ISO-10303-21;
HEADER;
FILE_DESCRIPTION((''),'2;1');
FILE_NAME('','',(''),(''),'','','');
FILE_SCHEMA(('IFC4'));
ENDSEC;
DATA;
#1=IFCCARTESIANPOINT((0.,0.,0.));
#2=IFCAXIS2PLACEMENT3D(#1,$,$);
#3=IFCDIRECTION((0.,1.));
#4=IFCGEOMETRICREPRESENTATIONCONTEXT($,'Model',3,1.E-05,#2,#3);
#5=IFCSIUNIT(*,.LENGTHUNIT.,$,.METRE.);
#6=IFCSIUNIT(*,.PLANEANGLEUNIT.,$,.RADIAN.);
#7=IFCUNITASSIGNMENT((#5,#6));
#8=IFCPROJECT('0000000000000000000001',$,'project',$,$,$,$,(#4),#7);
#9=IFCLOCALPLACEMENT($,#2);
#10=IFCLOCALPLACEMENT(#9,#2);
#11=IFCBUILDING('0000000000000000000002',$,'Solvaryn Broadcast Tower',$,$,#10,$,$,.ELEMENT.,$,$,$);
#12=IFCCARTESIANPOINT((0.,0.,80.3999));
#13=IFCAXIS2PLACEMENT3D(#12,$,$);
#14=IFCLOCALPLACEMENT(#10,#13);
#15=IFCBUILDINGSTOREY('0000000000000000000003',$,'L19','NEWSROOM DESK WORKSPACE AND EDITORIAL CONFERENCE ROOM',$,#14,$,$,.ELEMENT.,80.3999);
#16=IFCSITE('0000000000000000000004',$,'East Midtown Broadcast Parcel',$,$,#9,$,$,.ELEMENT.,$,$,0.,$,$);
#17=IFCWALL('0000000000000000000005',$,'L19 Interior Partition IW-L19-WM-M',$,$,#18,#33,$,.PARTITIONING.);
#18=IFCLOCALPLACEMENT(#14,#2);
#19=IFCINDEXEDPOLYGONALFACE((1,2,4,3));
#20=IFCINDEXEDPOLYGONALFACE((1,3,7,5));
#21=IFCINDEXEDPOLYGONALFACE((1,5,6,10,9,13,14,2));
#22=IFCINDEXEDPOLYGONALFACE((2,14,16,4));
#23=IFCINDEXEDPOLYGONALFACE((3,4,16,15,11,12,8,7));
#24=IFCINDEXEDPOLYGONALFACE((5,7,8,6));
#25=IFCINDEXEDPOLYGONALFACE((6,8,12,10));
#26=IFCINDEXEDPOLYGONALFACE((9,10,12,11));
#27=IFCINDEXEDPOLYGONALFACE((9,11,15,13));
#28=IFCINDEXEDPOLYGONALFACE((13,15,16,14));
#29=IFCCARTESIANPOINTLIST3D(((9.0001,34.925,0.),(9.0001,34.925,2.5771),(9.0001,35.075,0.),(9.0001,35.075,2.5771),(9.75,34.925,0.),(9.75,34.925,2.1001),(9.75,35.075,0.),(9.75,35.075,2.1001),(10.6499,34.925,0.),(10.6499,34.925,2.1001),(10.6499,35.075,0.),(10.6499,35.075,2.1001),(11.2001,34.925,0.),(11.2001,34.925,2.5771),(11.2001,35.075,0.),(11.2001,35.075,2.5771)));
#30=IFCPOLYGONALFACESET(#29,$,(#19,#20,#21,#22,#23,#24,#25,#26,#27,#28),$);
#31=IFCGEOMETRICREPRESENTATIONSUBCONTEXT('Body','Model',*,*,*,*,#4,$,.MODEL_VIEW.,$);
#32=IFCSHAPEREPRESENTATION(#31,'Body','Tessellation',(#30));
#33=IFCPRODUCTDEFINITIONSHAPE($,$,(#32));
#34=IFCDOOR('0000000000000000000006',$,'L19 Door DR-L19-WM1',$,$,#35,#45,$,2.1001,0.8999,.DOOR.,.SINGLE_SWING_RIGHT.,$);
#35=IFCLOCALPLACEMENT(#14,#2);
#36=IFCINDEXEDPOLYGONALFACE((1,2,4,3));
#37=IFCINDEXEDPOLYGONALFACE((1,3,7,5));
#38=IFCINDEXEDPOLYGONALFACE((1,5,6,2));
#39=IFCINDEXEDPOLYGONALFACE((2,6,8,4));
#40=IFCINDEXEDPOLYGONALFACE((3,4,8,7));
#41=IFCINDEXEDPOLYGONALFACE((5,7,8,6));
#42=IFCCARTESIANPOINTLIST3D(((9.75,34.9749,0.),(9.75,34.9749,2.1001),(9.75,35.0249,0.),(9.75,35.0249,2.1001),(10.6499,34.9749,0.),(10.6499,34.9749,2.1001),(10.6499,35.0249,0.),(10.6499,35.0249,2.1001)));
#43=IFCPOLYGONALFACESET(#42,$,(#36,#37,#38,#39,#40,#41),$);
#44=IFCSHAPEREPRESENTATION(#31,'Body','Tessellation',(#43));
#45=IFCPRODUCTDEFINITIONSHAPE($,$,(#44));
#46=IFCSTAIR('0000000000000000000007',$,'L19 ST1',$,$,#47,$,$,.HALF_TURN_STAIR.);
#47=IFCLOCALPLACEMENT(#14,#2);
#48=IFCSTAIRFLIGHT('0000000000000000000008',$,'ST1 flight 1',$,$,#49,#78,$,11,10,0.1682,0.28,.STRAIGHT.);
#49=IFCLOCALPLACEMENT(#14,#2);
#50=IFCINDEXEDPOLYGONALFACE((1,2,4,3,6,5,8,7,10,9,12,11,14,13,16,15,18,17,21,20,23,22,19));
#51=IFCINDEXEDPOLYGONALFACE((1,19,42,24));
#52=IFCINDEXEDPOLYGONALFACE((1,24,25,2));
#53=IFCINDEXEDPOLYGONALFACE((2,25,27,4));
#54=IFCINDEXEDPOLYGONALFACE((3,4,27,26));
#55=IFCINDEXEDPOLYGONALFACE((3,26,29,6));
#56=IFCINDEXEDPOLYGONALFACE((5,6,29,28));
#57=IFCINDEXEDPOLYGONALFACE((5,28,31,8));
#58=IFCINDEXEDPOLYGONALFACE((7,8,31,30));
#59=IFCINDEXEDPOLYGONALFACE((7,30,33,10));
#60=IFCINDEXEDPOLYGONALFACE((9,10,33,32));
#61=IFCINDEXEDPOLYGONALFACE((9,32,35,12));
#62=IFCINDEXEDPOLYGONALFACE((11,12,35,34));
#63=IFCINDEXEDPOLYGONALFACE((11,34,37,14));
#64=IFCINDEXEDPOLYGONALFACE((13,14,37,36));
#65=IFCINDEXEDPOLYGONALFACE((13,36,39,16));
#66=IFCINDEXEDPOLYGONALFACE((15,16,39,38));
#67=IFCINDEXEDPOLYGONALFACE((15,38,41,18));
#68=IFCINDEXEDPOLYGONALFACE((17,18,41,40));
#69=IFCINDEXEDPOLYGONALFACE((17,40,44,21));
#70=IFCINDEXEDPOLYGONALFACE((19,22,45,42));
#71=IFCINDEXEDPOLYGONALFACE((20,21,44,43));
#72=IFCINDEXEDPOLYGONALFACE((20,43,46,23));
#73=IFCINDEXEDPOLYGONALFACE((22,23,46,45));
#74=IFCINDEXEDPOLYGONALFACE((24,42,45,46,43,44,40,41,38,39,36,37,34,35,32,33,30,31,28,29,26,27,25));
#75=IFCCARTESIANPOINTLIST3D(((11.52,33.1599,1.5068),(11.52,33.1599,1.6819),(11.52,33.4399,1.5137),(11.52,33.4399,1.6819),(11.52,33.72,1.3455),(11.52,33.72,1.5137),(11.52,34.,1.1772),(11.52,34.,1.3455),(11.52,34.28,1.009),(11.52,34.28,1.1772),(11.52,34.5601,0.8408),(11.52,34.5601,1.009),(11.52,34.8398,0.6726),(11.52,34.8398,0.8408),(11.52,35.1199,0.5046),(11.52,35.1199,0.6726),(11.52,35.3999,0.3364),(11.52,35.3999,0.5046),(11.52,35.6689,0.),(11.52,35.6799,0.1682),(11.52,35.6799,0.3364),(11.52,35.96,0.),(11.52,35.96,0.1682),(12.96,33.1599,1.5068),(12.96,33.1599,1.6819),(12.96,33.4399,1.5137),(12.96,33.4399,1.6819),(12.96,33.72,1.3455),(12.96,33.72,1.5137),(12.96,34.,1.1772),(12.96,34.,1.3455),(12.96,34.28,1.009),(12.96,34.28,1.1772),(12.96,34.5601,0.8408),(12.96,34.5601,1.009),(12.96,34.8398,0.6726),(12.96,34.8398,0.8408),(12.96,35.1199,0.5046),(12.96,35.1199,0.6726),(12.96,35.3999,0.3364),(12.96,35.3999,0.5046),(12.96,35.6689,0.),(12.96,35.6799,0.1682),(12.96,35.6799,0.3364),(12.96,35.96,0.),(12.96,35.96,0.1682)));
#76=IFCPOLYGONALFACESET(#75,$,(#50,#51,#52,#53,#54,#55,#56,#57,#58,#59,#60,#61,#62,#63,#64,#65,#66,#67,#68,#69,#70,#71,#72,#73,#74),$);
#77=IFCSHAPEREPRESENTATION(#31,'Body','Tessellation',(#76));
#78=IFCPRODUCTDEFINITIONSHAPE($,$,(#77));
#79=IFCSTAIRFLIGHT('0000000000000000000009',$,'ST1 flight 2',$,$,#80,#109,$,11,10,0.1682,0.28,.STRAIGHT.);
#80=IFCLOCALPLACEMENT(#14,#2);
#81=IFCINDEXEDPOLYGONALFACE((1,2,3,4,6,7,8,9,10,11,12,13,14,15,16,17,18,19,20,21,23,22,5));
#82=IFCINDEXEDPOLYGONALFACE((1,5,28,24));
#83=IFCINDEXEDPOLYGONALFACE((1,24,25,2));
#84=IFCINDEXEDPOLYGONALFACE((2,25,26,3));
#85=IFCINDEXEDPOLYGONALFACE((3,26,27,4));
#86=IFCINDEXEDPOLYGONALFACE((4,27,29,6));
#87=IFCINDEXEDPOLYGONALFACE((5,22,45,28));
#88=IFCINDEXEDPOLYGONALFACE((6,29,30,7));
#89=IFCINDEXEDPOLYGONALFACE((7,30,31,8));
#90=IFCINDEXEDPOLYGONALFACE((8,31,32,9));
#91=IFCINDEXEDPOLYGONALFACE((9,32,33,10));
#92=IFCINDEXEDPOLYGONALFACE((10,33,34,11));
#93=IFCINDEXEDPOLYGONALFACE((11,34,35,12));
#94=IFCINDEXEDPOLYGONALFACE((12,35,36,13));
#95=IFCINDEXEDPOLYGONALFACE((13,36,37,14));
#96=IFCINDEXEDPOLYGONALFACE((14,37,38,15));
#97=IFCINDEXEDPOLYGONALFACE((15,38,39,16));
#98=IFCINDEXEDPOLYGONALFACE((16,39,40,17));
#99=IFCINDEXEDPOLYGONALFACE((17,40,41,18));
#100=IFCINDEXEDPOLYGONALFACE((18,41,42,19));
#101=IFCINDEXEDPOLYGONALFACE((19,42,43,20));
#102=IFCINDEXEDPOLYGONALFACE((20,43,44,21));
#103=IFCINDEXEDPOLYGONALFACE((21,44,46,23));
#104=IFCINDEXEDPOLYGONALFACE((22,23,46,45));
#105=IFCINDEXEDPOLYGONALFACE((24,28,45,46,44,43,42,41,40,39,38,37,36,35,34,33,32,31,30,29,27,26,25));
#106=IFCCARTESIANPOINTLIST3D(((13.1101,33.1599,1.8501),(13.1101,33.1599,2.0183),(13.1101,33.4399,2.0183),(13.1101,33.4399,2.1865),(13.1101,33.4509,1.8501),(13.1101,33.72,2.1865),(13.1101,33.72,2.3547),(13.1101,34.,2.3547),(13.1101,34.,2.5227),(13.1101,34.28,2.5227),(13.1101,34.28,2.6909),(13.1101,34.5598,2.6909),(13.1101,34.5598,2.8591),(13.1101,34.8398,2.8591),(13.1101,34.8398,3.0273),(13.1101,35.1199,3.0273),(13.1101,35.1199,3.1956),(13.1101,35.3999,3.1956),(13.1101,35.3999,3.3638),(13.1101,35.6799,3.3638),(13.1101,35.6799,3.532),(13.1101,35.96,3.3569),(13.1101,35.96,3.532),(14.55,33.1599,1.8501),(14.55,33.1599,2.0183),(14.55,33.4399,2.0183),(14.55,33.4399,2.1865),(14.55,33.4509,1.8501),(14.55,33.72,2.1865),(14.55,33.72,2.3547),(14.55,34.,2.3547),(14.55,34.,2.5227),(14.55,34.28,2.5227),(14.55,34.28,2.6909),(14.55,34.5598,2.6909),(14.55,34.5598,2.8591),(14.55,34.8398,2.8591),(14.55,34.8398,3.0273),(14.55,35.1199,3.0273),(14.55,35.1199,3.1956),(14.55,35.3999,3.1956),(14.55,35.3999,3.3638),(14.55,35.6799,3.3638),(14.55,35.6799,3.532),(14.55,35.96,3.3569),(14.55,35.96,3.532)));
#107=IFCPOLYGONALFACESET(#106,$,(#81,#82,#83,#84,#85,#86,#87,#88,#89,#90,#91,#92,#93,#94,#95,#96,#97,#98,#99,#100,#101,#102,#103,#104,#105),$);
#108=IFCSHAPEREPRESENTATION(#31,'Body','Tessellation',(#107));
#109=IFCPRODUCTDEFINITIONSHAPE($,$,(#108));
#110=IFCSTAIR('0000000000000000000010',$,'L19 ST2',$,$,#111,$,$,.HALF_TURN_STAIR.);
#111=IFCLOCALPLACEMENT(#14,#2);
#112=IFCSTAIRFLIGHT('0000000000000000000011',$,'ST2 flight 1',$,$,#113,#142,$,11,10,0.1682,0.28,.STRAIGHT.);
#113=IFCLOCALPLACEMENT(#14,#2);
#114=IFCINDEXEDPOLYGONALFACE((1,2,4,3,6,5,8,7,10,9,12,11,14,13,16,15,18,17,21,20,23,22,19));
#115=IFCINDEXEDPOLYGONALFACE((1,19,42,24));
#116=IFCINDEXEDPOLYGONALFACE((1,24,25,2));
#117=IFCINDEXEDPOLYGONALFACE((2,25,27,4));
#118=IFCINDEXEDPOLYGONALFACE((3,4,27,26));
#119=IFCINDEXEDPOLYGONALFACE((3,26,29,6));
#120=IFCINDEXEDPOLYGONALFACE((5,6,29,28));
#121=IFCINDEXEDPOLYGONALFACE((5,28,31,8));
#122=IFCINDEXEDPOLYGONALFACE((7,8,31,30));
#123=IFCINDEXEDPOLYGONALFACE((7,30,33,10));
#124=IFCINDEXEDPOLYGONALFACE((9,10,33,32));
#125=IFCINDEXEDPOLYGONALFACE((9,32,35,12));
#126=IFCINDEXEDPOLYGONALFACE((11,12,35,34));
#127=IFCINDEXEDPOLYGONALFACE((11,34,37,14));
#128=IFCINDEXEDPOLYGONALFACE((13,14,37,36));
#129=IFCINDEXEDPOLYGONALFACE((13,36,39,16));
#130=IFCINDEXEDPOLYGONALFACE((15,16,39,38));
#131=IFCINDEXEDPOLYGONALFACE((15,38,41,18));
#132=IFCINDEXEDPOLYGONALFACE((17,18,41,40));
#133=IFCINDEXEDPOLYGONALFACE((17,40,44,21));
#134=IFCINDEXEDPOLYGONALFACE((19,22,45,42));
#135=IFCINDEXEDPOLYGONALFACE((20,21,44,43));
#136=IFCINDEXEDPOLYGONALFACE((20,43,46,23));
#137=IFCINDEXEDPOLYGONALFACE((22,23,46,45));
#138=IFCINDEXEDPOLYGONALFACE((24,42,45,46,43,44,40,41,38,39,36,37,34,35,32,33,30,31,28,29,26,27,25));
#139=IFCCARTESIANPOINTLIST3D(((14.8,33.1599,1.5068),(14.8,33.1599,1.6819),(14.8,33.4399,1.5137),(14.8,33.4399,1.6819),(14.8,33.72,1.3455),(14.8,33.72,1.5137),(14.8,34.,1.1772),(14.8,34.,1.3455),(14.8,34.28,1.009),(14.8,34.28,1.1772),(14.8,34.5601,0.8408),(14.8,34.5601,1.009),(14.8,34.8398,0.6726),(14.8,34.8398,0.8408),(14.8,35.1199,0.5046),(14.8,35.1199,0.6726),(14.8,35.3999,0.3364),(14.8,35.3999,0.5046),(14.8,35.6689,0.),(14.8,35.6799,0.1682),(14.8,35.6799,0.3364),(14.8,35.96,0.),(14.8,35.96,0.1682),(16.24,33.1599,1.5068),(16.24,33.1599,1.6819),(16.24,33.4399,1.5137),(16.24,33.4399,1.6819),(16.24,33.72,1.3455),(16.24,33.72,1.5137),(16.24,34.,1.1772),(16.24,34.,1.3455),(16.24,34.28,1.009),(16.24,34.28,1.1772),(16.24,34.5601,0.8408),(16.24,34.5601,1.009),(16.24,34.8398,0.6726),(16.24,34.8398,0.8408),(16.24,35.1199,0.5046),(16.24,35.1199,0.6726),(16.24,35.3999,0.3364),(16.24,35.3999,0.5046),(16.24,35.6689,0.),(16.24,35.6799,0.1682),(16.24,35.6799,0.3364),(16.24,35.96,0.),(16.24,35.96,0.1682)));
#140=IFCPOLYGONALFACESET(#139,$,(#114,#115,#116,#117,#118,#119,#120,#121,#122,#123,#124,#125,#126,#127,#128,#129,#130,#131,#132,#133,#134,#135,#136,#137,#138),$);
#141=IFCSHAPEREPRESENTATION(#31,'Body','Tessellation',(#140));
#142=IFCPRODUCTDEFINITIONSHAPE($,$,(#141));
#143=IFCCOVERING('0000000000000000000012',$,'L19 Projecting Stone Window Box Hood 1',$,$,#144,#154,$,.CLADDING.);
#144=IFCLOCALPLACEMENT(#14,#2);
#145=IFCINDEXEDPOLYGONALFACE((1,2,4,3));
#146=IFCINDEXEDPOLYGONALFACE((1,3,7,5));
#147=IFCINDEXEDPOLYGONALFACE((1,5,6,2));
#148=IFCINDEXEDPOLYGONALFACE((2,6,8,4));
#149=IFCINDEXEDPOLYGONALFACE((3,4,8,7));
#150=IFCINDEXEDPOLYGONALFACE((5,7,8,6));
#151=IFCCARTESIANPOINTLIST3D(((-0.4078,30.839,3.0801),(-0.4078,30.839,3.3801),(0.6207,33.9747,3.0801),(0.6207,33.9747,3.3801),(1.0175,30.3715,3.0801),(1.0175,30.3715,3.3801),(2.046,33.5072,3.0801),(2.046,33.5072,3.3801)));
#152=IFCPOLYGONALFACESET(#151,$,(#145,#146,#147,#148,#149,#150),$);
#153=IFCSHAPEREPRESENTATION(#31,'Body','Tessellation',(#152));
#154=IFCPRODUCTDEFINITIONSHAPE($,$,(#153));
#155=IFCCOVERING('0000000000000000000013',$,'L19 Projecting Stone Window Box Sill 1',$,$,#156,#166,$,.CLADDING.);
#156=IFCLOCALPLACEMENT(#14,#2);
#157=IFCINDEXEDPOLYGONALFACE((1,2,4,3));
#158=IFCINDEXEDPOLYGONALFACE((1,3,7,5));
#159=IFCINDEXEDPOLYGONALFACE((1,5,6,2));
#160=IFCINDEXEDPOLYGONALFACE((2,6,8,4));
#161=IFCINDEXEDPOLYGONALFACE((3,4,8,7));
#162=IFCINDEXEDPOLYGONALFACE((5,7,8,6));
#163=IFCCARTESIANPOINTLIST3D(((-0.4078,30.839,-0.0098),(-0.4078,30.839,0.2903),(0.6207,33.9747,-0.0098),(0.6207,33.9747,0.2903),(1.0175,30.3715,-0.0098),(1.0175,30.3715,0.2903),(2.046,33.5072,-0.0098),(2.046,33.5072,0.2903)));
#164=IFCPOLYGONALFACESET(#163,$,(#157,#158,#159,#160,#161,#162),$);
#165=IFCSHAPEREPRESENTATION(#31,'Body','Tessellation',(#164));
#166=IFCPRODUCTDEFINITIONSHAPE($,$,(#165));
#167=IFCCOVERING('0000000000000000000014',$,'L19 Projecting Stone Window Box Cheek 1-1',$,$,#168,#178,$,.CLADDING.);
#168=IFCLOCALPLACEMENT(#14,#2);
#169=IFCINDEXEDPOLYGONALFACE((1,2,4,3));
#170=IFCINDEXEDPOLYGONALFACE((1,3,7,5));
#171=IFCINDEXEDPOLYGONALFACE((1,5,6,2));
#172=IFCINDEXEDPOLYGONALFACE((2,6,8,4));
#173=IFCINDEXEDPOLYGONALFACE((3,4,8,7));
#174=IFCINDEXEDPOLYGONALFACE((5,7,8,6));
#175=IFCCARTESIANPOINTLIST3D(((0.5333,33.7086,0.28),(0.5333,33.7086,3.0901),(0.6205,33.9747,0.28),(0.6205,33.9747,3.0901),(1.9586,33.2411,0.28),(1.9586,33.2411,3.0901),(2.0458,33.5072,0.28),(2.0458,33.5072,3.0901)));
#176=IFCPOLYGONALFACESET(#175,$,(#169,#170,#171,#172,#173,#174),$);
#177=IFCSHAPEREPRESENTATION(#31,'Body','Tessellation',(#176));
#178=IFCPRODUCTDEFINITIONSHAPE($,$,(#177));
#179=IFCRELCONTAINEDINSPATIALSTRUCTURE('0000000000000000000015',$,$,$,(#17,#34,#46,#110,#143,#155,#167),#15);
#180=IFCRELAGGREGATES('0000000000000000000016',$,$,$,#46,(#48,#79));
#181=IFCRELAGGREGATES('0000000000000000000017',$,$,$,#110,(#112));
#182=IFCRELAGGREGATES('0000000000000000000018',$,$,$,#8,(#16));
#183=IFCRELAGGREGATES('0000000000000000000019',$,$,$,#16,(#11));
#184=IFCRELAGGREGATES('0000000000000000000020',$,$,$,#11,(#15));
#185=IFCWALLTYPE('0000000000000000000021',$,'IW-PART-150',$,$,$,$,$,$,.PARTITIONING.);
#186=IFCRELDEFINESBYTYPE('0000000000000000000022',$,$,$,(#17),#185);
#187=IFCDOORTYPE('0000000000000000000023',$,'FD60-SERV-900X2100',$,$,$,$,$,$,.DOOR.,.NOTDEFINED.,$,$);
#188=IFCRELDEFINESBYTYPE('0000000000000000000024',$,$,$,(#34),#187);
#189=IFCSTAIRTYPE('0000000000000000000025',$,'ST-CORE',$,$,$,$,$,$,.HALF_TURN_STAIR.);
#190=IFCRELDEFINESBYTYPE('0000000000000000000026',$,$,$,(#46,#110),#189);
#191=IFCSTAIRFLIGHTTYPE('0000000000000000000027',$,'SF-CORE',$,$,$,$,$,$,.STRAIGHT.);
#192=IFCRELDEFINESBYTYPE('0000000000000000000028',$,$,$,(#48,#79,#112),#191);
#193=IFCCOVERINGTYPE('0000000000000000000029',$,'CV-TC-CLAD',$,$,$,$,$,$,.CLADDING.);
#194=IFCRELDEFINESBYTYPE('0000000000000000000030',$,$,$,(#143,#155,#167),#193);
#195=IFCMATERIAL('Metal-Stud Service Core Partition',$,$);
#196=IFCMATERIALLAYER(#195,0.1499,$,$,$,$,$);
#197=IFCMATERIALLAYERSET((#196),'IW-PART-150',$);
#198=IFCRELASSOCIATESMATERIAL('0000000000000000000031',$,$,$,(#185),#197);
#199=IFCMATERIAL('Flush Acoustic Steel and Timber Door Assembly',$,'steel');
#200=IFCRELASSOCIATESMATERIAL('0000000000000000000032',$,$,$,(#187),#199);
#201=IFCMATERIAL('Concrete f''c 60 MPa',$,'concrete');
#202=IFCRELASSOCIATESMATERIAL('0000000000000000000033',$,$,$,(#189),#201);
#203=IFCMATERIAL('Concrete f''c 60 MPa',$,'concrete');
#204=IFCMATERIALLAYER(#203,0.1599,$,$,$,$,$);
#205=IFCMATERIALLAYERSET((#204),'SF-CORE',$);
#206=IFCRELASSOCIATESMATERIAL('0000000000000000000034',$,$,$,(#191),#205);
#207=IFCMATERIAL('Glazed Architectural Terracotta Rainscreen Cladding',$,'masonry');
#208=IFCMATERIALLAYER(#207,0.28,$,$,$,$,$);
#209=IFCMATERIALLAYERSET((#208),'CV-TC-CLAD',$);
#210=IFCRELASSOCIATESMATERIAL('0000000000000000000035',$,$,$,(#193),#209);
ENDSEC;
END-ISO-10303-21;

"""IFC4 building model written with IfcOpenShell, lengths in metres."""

from ifc_helpers import new_model, si_unit, direction, frame, frame_2d, origin, origin_2d, place, context, subcontext, project, spatial, polyline, rectangle, outline, extrude, material, layer, layer_set, type_object, element, fill, aggregate, save


model = new_model("IFC4")

# Units and contexts
model_context = context("Model", 3, precision=1e-05, world=origin(), true_north=direction((0.0, 1.0)))
body_context = subcontext(model_context, "Body", "Model", "MODEL_VIEW")
ifc_project = project(units=[si_unit("LENGTHUNIT", "METRE"), si_unit("PLANEANGLEUNIT", "RADIAN")], contexts=[model_context])

# Site, building, storey
site_placement = place(None, origin())
site = spatial("IfcSite", under=ifc_project, at=site_placement, Name="East Midtown Broadcast Parcel", CompositionType="ELEMENT", RefElevation=0.0)
building_placement = place(site_placement, origin())
building = spatial("IfcBuilding", under=site, at=building_placement, Name="Solvaryn Broadcast Tower", CompositionType="ELEMENT")
storey_placement = place(building_placement, frame((0.0, 0.0, 80.3999)))
storey = spatial("IfcBuildingStorey", under=building, at=storey_placement, Name="L19", Description="NEWSROOM DESK WORKSPACE AND EDITORIAL CONFERENCE ROOM", CompositionType="ELEMENT", Elevation=80.3999)

# Wall, opening, door
ifc_material_1 = material(Name="Metal-Stud Service Core Partition")
ifc_layer_1 = layer(ifc_material_1, 0.1499)
ifc_layer_set_1 = layer_set([ifc_layer_1], Name="IW-PART-150")
wall_type = type_object("IfcWallType", Name="IW-PART-150", PredefinedType="PARTITIONING", material=ifc_layer_set_1)
wall_placement = place(storey_placement, frame((9.0, 35.0, 0.0), z_axis=(0.0, 0.0, 1.0), x_axis=(1.0, 0.0, 0.0)))
wall = element("IfcWall", 1, at=wall_placement, inside=storey, type_object=wall_type, Name="L19 Interior Partition IW-L19-WM-M", PredefinedType="PARTITIONING", context=body_context, shape_type="SweptSolid", body=[
    extrude(rectangle(XDim=2.2, YDim=0.1499, at=frame_2d((1.1001, 0.0))), origin(), (0.0, 0.0, 1.0), 2.5771),
])
opening_placement = place(wall_placement, frame((0.75, 0.0, 0.0)))
opening = element("IfcOpeningElement", 2, at=opening_placement, cuts=wall, PredefinedType="OPENING", context=body_context, shape_type="SweptSolid", body=[
    extrude(rectangle(XDim=0.8999, YDim=2.1001, at=frame_2d((0.45, 1.05))), frame((0.0, 0.085, 0.0), z_axis=(0.0, -1.0, 0.0), x_axis=(1.0, 0.0, 0.0)), (0.0, 0.0, 1.0), 0.1699),
])
ifc_material_2 = material(Name="Flush Acoustic Steel and Timber Door Assembly", Category="steel")
door_type = type_object("IfcDoorType", Name="FD60-SERV-900X2100", OperationType="NOTDEFINED", PredefinedType="DOOR", material=ifc_material_2)
door_placement = place(opening_placement, origin())
door = element("IfcDoor", 3, at=door_placement, inside=storey, type_object=door_type, Name="L19 Door DR-L19-WM1", OperationType="SINGLE_SWING_RIGHT", OverallHeight=2.1001, OverallWidth=0.8999, PredefinedType="DOOR", context=body_context, shape_type="SweptSolid", body=[
    extrude(rectangle(XDim=0.8999, YDim=2.1001, at=frame_2d((0.45, 1.05))), frame((0.0, 0.0249, 0.0), z_axis=(0.0, -1.0, 0.0), x_axis=(1.0, 0.0, 0.0)), (0.0, 0.0, 1.0), 0.05),
])
fill(opening, door)

# Stair, stair flights
ifc_material_3 = material(Name="Concrete f'c 60 MPa", Category="concrete")
stair_type = type_object("IfcStairType", Name="ST-CORE", PredefinedType="HALF_TURN_STAIR", material=ifc_material_3)
stair_1_placement = place(storey_placement, origin())
stair_1 = element("IfcStair", 4, at=stair_1_placement, inside=storey, type_object=stair_type, Name="L19 ST1", PredefinedType="HALF_TURN_STAIR")
ifc_material_4 = material(Name="Concrete f'c 60 MPa", Category="concrete")
ifc_layer_2 = layer(ifc_material_4, 0.1599)
ifc_layer_set_2 = layer_set([ifc_layer_2], Name="SF-CORE")
stair_flight_type = type_object("IfcStairFlightType", Name="SF-CORE", PredefinedType="STRAIGHT", material=ifc_layer_set_2)
stair_flight_1_placement = place(storey_placement, frame((12.24, 35.96, 0.0), z_axis=(0.0, 0.0, 1.0), x_axis=(0.0, -1.0, 0.0)))
stair_flight_1 = element("IfcStairFlight", 5, at=stair_flight_1_placement, type_object=stair_flight_type, Name="ST1 flight 1", NumberOfRisers=11, NumberOfTreads=10, PredefinedType="STRAIGHT", RiserHeight=0.1682, TreadLength=0.28, context=body_context, shape_type="SweptSolid", body=[
    extrude(outline(polyline([(0.0, 0.0), (0.0, 0.1682), (0.28, 0.1682), (0.28, 0.3364), (0.5601, 0.3364), (0.5601, 0.5046), (0.8401, 0.5046), (0.8401, 0.6726), (1.1201, 0.6726), (1.1201, 0.8408), (1.3999, 0.8408), (1.3999, 1.009), (1.6799, 1.009), (1.6799, 1.1772), (1.96, 1.1772), (1.96, 1.3455), (2.24, 1.3455), (2.24, 1.5137), (2.52, 1.5137), (2.52, 1.6819), (2.8, 1.6819), (2.8, 1.8501), (2.8, 1.5068), (0.291, 0.0), (0.0, 0.0)])), frame((0.0, 0.72, 0.0), z_axis=(0.0, -1.0, 0.0), x_axis=(1.0, 0.0, 0.0)), (0.0, 0.0, 1.0), 1.4399),
])
stair_flight_2_placement = place(storey_placement, frame((13.8301, 33.1599, 1.8501), z_axis=(0.0, 0.0, 1.0), x_axis=(0.0, 1.0, 0.0)))
stair_flight_2 = element("IfcStairFlight", 6, at=stair_flight_2_placement, type_object=stair_flight_type, Name="ST1 flight 2", NumberOfRisers=11, NumberOfTreads=10, PredefinedType="STRAIGHT", RiserHeight=0.1682, TreadLength=0.28, context=body_context, shape_type="SweptSolid", body=[
    extrude(outline(polyline([(0.0, 0.0), (0.0, 0.1682), (0.28, 0.1682), (0.28, 0.3364), (0.5601, 0.3364), (0.5601, 0.5046), (0.8401, 0.5046), (0.8401, 0.6726), (1.1201, 0.6726), (1.1201, 0.8408), (1.3999, 0.8408), (1.3999, 1.009), (1.6799, 1.009), (1.6799, 1.1772), (1.96, 1.1772), (1.96, 1.3455), (2.24, 1.3455), (2.24, 1.5137), (2.52, 1.5137), (2.52, 1.6819), (2.8, 1.6819), (2.8, 1.8501), (2.8, 1.5068), (0.291, 0.0), (0.0, 0.0)])), frame((0.0, 0.72, 0.0), z_axis=(0.0, -1.0, 0.0), x_axis=(1.0, 0.0, 0.0)), (0.0, 0.0, 1.0), 1.4399),
])
aggregate(stair_1, [stair_flight_1, stair_flight_2])

# Stair, stair flight
stair_2_placement = place(storey_placement, origin())
stair_2 = element("IfcStair", 7, at=stair_2_placement, inside=storey, type_object=stair_type, Name="L19 ST2", PredefinedType="HALF_TURN_STAIR")
stair_flight_3_placement = place(storey_placement, frame((15.52, 35.96, 0.0), z_axis=(0.0, 0.0, 1.0), x_axis=(0.0, -1.0, 0.0)))
stair_flight_3 = element("IfcStairFlight", 8, at=stair_flight_3_placement, type_object=stair_flight_type, Name="ST2 flight 1", NumberOfRisers=11, NumberOfTreads=10, PredefinedType="STRAIGHT", RiserHeight=0.1682, TreadLength=0.28, context=body_context, shape_type="SweptSolid", body=[
    extrude(outline(polyline([(0.0, 0.0), (0.0, 0.1682), (0.28, 0.1682), (0.28, 0.3364), (0.5601, 0.3364), (0.5601, 0.5046), (0.8401, 0.5046), (0.8401, 0.6726), (1.1201, 0.6726), (1.1201, 0.8408), (1.3999, 0.8408), (1.3999, 1.009), (1.6799, 1.009), (1.6799, 1.1772), (1.96, 1.1772), (1.96, 1.3455), (2.24, 1.3455), (2.24, 1.5137), (2.52, 1.5137), (2.52, 1.6819), (2.8, 1.6819), (2.8, 1.8501), (2.8, 1.5068), (0.291, 0.0), (0.0, 0.0)])), frame((0.0, 0.72, 0.0), z_axis=(0.0, -1.0, 0.0), x_axis=(1.0, 0.0, 0.0)), (0.0, 0.0, 1.0), 1.4399),
])
aggregate(stair_2, [stair_flight_3])

# Coverings
ifc_material_5 = material(Name="Glazed Architectural Terracotta Rainscreen Cladding", Category="masonry")
ifc_layer_3 = layer(ifc_material_5, 0.28)
ifc_layer_set_3 = layer_set([ifc_layer_3], Name="CV-TC-CLAD")
covering_type = type_object("IfcCoveringType", Name="CV-TC-CLAD", PredefinedType="CLADDING", material=ifc_layer_set_3)
for number, where, z_axis, x_axis, name in (
    (9, (0.8191, 32.1731, 3.0801), (0.0, 0.0, 1.0), (-0.311672, -0.95019, 0.0), "L19 Projecting Stone Window Box Hood 1"),
    (10, (0.8191, 32.1731, -0.0098), (0.0, 0.0, 1.0), (-0.311672, -0.95019, 0.0), "L19 Projecting Stone Window Box Sill 1"),
):
    element("IfcCovering", number, at=place(storey_placement, frame(where, z_axis=z_axis, x_axis=x_axis)), inside=storey, type_object=covering_type, Name=name, PredefinedType="CLADDING", context=body_context, shape_type="SweptSolid", body=[
        extrude(rectangle(XDim=3.3, YDim=1.5, at=origin_2d()), origin(), (0.0, 0.0, 1.0), 0.3),
    ])
covering_placement = place(storey_placement, frame((1.2896, 33.6079, 0.28), z_axis=(0.0, 0.0, 1.0), x_axis=(-0.311672, -0.95019, 0.0)))
element("IfcCovering", 11, at=covering_placement, inside=storey, type_object=covering_type, Name="L19 Projecting Stone Window Box Cheek 1-1", PredefinedType="CLADDING", context=body_context, shape_type="SweptSolid", body=[
    extrude(rectangle(XDim=0.28, YDim=1.5, at=origin_2d()), origin(), (0.0, 0.0, 1.0), 2.8101),
])

save(model, "model.ifc")
